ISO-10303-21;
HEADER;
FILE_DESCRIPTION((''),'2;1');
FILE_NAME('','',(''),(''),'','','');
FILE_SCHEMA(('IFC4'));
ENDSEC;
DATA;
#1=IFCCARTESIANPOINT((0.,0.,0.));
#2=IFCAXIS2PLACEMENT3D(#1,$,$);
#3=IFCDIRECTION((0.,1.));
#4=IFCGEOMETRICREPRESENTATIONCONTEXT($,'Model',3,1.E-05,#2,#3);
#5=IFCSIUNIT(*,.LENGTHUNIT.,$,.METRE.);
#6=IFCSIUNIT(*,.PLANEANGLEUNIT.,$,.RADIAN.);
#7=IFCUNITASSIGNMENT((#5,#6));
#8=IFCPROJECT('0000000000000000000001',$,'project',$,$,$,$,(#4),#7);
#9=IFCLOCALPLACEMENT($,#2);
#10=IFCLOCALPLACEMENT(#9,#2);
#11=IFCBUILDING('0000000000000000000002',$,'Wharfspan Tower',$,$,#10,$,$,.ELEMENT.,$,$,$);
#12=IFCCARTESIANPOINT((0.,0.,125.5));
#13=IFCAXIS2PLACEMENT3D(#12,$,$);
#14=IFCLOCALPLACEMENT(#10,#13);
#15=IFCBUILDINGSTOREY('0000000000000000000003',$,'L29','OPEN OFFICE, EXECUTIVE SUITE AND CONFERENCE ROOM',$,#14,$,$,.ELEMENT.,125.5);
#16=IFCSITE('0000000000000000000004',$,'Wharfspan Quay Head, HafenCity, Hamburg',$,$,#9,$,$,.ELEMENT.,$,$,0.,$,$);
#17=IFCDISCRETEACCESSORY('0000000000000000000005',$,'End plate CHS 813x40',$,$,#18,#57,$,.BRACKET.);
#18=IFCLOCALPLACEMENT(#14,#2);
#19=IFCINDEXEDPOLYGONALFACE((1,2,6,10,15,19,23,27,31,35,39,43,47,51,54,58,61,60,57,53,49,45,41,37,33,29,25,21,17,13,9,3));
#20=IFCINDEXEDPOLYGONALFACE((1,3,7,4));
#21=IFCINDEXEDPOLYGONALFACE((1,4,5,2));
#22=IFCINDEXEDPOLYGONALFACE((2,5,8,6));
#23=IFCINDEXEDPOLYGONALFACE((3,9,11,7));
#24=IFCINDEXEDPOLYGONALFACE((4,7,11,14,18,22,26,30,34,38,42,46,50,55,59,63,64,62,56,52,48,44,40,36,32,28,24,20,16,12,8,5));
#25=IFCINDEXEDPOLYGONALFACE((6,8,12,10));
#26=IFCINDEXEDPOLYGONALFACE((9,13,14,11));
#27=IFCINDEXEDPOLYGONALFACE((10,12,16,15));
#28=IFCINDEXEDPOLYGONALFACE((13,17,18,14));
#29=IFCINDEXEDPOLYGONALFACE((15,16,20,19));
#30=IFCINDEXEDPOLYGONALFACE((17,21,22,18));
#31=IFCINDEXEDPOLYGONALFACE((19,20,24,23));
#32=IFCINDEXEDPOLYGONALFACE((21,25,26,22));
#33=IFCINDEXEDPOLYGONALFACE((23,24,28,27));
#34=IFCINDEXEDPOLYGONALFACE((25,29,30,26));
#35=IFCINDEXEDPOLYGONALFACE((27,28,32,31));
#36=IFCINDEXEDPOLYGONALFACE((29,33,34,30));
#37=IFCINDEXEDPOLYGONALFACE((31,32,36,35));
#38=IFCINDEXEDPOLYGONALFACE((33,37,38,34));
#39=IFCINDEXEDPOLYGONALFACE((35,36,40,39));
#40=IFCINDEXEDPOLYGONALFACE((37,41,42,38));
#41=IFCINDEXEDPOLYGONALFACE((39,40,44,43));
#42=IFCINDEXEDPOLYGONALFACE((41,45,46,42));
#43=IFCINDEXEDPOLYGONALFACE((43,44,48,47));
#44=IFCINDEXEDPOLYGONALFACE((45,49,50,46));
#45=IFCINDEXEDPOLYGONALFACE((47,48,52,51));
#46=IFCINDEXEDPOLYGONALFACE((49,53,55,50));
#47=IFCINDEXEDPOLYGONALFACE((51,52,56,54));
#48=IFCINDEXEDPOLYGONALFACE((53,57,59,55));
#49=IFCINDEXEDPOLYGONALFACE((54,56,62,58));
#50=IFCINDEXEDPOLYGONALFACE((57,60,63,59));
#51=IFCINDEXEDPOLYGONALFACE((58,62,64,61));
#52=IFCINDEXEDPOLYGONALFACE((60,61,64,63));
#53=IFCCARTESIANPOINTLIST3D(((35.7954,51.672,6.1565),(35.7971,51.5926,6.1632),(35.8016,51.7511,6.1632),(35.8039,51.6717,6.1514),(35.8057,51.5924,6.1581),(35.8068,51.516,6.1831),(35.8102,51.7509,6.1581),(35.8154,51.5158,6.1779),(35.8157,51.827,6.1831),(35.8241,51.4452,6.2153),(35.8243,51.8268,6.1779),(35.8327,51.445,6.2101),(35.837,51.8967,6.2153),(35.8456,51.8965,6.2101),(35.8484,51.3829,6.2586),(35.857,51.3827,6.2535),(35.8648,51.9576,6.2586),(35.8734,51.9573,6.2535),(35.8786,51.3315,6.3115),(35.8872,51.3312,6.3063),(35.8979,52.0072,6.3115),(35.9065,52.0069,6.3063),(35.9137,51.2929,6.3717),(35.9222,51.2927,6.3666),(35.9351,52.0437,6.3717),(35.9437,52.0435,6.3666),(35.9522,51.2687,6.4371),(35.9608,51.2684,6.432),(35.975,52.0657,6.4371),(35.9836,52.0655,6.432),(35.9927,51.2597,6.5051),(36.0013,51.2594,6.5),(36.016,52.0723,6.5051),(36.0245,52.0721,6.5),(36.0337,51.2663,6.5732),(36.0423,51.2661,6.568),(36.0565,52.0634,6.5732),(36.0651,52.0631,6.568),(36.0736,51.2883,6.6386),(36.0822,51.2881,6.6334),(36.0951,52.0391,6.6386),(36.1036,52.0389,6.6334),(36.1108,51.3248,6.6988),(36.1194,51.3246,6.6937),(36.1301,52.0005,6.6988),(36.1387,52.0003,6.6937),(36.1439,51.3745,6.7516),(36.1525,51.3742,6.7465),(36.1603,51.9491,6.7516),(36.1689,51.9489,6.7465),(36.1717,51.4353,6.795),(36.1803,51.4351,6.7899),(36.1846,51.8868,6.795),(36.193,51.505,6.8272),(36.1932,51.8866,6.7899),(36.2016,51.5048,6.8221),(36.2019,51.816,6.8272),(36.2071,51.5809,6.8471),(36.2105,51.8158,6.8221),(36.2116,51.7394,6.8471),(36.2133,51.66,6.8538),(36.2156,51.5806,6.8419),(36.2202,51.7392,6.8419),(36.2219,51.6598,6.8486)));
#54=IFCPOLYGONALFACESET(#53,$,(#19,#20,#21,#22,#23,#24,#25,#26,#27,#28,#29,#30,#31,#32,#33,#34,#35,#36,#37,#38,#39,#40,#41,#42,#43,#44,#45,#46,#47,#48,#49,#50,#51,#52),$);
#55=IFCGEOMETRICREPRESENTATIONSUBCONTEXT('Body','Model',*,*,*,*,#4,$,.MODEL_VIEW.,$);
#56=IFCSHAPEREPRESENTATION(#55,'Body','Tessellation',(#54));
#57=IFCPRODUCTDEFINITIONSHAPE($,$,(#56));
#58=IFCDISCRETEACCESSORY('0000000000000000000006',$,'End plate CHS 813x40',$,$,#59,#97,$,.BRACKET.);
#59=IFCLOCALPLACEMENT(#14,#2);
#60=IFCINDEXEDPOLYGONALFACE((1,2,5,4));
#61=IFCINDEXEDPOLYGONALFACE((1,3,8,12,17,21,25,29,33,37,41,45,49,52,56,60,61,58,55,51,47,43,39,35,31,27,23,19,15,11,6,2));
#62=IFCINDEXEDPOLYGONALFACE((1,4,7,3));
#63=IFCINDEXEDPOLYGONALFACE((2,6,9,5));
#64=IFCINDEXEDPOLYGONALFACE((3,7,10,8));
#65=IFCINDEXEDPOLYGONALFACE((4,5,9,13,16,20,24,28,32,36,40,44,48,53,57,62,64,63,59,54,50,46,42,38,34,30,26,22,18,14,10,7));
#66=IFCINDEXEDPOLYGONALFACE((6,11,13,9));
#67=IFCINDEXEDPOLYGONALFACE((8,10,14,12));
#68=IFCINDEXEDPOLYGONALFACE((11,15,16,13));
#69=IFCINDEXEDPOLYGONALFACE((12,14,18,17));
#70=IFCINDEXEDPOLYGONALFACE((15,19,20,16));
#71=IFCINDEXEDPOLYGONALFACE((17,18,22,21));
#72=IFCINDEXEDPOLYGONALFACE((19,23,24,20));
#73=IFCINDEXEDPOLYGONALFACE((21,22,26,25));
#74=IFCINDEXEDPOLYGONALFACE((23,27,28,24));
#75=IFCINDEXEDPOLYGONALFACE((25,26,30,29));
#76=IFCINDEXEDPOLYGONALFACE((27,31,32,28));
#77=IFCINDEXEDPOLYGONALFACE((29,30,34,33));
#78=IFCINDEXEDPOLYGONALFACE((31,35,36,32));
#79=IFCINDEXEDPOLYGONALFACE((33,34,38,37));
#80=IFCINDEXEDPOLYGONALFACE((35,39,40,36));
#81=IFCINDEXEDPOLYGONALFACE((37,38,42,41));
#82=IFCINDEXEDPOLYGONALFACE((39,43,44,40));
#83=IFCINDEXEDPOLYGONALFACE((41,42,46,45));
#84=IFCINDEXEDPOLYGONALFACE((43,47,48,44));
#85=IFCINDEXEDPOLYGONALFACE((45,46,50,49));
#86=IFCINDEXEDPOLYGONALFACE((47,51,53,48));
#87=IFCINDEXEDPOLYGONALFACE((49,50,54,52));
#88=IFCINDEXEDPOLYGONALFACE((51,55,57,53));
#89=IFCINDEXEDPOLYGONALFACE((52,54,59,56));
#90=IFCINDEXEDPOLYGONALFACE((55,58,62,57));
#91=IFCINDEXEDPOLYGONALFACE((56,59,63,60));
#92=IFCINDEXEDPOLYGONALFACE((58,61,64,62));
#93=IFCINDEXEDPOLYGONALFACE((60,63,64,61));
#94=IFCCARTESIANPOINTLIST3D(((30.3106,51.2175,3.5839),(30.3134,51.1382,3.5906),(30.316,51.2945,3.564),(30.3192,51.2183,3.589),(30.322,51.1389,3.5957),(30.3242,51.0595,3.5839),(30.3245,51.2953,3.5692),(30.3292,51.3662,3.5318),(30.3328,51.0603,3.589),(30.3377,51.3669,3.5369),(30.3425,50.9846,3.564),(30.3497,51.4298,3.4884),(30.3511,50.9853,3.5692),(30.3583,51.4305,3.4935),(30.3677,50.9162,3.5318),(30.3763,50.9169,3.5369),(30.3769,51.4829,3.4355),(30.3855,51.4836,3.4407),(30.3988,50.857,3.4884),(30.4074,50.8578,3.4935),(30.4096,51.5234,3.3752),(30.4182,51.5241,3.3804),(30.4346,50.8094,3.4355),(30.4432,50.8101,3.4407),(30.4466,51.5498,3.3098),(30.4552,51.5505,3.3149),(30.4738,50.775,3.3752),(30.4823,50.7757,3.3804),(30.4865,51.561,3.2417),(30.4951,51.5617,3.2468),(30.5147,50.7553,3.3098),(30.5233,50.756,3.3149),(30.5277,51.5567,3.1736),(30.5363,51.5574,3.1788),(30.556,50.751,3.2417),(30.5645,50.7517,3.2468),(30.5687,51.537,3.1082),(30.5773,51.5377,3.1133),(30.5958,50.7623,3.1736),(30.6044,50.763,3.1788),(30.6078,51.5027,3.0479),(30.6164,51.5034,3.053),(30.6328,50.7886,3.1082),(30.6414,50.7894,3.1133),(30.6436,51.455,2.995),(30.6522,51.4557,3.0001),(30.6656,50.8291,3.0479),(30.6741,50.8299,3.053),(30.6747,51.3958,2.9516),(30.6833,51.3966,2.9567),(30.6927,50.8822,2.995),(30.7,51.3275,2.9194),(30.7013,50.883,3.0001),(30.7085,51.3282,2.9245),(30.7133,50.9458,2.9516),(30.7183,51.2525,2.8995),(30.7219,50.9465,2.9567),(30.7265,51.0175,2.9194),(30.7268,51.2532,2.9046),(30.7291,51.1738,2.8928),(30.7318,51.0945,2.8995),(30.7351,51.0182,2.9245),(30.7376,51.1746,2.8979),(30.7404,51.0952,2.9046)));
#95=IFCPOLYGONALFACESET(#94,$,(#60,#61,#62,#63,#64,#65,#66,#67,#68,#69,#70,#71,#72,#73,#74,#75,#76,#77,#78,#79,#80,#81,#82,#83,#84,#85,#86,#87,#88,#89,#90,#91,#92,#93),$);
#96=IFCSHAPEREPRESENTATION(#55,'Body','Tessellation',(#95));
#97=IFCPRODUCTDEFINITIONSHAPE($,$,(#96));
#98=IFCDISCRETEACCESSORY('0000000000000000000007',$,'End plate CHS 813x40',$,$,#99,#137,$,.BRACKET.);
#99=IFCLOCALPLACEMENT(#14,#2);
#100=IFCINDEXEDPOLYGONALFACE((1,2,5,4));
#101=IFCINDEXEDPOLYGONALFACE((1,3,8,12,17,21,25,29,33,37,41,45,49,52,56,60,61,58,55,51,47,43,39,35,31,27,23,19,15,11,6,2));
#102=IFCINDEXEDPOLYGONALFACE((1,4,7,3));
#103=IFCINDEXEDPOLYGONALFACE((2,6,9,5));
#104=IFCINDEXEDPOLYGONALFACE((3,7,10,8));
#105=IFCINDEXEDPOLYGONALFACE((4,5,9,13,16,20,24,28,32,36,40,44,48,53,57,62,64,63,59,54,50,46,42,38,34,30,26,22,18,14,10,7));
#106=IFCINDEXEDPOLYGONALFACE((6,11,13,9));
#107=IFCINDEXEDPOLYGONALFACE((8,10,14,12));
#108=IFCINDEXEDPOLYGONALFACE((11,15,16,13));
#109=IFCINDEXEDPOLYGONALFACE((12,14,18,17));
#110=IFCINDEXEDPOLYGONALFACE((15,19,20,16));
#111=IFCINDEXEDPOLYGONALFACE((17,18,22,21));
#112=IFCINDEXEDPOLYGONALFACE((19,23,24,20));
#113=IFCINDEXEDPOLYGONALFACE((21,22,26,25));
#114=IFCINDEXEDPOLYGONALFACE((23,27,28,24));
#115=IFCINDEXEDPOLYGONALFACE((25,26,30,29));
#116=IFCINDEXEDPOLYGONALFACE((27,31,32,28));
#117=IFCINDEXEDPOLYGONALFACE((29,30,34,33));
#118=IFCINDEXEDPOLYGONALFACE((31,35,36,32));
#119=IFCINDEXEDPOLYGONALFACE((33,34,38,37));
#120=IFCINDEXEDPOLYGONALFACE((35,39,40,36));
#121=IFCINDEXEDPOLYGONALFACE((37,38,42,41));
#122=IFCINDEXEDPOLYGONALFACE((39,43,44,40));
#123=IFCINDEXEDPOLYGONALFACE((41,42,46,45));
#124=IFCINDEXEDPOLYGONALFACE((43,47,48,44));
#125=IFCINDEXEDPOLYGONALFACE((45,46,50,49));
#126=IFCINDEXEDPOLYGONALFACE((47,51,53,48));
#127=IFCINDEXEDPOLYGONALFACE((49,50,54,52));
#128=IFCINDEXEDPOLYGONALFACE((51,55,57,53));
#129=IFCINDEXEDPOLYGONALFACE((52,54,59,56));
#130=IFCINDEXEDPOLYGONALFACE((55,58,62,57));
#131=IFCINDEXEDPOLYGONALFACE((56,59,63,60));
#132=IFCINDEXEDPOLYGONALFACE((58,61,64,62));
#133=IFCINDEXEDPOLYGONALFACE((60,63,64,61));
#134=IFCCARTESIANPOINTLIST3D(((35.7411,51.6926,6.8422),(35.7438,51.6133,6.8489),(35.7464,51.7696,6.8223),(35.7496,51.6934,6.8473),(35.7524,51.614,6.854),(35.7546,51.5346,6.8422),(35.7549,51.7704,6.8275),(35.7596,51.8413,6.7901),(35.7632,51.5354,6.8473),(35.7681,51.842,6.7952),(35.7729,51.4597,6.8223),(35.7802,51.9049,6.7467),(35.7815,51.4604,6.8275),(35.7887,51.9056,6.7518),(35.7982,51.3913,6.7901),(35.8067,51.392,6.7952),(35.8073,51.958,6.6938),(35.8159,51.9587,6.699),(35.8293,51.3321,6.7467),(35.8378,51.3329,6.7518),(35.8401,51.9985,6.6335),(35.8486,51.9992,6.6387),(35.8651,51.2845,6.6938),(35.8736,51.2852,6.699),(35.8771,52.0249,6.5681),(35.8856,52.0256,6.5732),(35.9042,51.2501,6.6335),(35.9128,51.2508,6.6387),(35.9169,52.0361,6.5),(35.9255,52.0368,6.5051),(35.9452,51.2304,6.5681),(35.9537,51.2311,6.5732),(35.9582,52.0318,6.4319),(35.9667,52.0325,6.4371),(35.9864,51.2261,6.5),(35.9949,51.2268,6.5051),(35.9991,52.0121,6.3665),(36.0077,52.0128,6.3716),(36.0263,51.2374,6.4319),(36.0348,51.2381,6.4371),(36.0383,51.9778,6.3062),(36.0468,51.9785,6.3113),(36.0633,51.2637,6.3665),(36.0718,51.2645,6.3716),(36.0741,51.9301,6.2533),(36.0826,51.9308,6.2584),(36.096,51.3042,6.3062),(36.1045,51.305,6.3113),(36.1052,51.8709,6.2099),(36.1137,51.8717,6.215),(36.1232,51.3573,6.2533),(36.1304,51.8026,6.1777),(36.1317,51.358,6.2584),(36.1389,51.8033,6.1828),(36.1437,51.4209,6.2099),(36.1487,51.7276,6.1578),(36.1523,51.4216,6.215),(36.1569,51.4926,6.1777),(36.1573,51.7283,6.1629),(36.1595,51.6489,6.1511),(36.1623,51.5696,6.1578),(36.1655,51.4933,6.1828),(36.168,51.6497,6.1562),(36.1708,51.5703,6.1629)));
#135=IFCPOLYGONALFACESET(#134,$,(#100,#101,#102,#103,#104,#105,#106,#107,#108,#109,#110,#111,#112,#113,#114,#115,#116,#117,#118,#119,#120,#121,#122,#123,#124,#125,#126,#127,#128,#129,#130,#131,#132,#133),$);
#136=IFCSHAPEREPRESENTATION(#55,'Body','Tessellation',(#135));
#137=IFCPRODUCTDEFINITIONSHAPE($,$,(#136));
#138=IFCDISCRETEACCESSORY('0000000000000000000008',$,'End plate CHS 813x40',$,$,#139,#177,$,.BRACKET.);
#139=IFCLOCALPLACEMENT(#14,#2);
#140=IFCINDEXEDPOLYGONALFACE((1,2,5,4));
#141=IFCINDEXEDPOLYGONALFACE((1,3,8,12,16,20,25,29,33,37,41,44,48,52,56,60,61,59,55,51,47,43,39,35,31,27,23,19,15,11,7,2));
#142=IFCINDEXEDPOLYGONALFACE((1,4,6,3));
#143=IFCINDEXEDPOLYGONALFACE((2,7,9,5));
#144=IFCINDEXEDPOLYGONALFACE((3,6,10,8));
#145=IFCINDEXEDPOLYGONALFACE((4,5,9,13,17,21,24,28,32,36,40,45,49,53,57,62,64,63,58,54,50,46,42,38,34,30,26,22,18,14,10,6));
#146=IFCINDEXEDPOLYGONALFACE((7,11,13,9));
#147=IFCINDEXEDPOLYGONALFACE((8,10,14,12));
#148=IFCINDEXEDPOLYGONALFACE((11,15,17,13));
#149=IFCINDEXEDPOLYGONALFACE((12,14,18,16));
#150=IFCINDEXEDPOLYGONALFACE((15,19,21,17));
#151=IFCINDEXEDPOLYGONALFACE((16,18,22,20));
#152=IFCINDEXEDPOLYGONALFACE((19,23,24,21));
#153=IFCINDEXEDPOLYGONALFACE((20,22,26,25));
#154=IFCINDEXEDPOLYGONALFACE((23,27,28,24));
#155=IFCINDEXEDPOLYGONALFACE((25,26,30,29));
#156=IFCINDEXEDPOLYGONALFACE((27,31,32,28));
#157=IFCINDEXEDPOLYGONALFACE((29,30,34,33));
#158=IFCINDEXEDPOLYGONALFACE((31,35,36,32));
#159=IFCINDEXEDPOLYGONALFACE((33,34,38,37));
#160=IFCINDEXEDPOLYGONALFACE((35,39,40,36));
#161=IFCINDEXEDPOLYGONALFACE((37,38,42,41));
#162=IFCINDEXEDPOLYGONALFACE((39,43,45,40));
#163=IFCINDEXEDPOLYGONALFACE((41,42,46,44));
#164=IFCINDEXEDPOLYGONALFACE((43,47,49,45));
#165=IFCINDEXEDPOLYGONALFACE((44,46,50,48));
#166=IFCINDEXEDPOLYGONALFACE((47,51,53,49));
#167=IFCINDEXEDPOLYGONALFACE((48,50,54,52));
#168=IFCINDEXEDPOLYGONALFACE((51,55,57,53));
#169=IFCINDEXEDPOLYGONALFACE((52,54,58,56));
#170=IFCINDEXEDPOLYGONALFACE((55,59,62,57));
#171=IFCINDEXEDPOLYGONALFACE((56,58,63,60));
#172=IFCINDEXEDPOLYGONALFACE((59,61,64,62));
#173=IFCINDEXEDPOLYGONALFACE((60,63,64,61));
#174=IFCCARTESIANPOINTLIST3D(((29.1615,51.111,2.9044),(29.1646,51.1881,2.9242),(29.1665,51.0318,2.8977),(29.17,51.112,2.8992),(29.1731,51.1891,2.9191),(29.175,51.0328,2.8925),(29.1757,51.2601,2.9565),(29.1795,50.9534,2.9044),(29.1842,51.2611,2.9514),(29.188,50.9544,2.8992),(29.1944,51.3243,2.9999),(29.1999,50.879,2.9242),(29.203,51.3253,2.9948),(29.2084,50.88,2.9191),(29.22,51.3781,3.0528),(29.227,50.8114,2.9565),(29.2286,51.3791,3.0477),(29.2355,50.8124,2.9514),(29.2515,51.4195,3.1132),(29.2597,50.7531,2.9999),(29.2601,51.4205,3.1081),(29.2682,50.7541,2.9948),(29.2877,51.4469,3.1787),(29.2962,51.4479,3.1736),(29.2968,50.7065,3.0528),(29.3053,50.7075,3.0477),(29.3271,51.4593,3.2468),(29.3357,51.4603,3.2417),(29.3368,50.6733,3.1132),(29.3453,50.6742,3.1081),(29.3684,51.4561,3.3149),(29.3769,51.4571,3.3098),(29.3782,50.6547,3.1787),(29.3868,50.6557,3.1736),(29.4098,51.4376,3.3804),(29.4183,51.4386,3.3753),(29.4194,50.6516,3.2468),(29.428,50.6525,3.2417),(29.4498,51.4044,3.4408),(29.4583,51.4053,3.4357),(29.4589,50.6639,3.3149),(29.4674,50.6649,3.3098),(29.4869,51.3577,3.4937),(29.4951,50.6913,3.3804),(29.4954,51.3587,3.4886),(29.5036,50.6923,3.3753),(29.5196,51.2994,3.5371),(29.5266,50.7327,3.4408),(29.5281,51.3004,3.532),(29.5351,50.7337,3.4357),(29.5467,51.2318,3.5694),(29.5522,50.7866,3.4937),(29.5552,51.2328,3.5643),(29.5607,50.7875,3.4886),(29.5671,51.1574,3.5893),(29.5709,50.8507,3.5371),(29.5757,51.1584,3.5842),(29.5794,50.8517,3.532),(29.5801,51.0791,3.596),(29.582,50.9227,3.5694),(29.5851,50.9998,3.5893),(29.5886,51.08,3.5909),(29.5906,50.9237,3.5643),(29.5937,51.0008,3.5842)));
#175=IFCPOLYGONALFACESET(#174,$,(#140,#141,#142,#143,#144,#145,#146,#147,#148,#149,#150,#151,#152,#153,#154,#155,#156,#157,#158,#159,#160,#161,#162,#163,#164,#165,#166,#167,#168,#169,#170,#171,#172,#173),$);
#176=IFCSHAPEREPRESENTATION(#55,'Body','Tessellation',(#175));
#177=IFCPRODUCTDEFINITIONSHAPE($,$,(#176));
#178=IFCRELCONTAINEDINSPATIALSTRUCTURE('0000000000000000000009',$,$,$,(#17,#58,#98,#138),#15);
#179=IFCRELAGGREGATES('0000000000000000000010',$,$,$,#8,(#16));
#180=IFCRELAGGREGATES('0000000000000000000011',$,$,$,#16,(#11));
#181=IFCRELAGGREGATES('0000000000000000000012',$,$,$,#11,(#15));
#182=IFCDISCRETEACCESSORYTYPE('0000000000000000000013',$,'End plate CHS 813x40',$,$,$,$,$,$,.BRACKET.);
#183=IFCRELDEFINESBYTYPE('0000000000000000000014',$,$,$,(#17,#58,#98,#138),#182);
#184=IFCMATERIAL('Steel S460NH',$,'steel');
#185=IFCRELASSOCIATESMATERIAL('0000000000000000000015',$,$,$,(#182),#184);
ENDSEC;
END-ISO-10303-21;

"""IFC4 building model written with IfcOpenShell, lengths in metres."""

from ifc_helpers import new_model, si_unit, direction, frame, origin, origin_2d, place, context, subcontext, project, spatial, circle, extrude, material, material_profile, profile_set, type_object, element, save


model = new_model("IFC4")

# Units and contexts
model_context = context("Model", 3, precision=1e-05, world=origin(), true_north=direction((0.0, 1.0)))
body_context = subcontext(model_context, "Body", "Model", "MODEL_VIEW")
ifc_project = project(units=[si_unit("LENGTHUNIT", "METRE"), si_unit("PLANEANGLEUNIT", "RADIAN")], contexts=[model_context])

# Site, building, storey
site_placement = place(None, origin())
site = spatial("IfcSite", under=ifc_project, at=site_placement, Name="Wharfspan Quay Head, HafenCity, Hamburg", CompositionType="ELEMENT", RefElevation=0.0)
building_placement = place(site_placement, origin())
building = spatial("IfcBuilding", under=site, at=building_placement, Name="Wharfspan Tower", CompositionType="ELEMENT")
storey_placement = place(building_placement, frame((0.0, 0.0, 125.5)))
storey = spatial("IfcBuildingStorey", under=building, at=storey_placement, Name="L29", Description="OPEN OFFICE, EXECUTIVE SUITE AND CONFERENCE ROOM", CompositionType="ELEMENT", Elevation=125.5)

# Shared definitions
ifc_material_1 = material(Name="Steel S460NH", Category="steel")

# Discrete accessories
ifc_material_profile_1 = material_profile(ifc_material_1, circle(Radius=0.4065, at=origin_2d()))
ifc_profile_set_1 = profile_set([ifc_material_profile_1], Name="Steel S460NH")
discrete_accessory_type = type_object("IfcDiscreteAccessoryType", Name="End plate CHS 813x40", PredefinedType="BRACKET", material=ifc_profile_set_1)
for number, where, z_axis, x_axis, name in (
    (1, (36.0129, 51.6658, 6.5), (-0.857236, 0.024492, 0.514341), (-0.028558, -0.999591, 0.000002), "End plate CHS 813x40"),
    (2, (30.5212, 51.156, 3.2417), (0.855186, 0.073302, 0.513112), (-0.085402, 0.996345, 0.000001), "End plate CHS 813x40"),
    (3, (35.9517, 51.6311, 6.5), (0.855186, 0.073302, 0.513112), (-0.085402, 0.996345, 0.000001), "End plate CHS 813x40"),
    (4, (29.3818, 51.0564, 3.2417), (-0.853405, -0.097532, 0.512043), (0.113547, -0.993531, 0.000001), "End plate CHS 813x40"),
):
    element("IfcDiscreteAccessory", number, at=place(storey_placement, frame(where, z_axis=z_axis, x_axis=x_axis)), inside=storey, type_object=discrete_accessory_type, Name=name, PredefinedType="BRACKET", context=body_context, shape_type="SweptSolid", body=[
        extrude(circle(Radius=0.4065, at=origin_2d()), origin(), (0.0, 0.0, 1.0), 0.01),
    ])

save(model, "model.ifc")
